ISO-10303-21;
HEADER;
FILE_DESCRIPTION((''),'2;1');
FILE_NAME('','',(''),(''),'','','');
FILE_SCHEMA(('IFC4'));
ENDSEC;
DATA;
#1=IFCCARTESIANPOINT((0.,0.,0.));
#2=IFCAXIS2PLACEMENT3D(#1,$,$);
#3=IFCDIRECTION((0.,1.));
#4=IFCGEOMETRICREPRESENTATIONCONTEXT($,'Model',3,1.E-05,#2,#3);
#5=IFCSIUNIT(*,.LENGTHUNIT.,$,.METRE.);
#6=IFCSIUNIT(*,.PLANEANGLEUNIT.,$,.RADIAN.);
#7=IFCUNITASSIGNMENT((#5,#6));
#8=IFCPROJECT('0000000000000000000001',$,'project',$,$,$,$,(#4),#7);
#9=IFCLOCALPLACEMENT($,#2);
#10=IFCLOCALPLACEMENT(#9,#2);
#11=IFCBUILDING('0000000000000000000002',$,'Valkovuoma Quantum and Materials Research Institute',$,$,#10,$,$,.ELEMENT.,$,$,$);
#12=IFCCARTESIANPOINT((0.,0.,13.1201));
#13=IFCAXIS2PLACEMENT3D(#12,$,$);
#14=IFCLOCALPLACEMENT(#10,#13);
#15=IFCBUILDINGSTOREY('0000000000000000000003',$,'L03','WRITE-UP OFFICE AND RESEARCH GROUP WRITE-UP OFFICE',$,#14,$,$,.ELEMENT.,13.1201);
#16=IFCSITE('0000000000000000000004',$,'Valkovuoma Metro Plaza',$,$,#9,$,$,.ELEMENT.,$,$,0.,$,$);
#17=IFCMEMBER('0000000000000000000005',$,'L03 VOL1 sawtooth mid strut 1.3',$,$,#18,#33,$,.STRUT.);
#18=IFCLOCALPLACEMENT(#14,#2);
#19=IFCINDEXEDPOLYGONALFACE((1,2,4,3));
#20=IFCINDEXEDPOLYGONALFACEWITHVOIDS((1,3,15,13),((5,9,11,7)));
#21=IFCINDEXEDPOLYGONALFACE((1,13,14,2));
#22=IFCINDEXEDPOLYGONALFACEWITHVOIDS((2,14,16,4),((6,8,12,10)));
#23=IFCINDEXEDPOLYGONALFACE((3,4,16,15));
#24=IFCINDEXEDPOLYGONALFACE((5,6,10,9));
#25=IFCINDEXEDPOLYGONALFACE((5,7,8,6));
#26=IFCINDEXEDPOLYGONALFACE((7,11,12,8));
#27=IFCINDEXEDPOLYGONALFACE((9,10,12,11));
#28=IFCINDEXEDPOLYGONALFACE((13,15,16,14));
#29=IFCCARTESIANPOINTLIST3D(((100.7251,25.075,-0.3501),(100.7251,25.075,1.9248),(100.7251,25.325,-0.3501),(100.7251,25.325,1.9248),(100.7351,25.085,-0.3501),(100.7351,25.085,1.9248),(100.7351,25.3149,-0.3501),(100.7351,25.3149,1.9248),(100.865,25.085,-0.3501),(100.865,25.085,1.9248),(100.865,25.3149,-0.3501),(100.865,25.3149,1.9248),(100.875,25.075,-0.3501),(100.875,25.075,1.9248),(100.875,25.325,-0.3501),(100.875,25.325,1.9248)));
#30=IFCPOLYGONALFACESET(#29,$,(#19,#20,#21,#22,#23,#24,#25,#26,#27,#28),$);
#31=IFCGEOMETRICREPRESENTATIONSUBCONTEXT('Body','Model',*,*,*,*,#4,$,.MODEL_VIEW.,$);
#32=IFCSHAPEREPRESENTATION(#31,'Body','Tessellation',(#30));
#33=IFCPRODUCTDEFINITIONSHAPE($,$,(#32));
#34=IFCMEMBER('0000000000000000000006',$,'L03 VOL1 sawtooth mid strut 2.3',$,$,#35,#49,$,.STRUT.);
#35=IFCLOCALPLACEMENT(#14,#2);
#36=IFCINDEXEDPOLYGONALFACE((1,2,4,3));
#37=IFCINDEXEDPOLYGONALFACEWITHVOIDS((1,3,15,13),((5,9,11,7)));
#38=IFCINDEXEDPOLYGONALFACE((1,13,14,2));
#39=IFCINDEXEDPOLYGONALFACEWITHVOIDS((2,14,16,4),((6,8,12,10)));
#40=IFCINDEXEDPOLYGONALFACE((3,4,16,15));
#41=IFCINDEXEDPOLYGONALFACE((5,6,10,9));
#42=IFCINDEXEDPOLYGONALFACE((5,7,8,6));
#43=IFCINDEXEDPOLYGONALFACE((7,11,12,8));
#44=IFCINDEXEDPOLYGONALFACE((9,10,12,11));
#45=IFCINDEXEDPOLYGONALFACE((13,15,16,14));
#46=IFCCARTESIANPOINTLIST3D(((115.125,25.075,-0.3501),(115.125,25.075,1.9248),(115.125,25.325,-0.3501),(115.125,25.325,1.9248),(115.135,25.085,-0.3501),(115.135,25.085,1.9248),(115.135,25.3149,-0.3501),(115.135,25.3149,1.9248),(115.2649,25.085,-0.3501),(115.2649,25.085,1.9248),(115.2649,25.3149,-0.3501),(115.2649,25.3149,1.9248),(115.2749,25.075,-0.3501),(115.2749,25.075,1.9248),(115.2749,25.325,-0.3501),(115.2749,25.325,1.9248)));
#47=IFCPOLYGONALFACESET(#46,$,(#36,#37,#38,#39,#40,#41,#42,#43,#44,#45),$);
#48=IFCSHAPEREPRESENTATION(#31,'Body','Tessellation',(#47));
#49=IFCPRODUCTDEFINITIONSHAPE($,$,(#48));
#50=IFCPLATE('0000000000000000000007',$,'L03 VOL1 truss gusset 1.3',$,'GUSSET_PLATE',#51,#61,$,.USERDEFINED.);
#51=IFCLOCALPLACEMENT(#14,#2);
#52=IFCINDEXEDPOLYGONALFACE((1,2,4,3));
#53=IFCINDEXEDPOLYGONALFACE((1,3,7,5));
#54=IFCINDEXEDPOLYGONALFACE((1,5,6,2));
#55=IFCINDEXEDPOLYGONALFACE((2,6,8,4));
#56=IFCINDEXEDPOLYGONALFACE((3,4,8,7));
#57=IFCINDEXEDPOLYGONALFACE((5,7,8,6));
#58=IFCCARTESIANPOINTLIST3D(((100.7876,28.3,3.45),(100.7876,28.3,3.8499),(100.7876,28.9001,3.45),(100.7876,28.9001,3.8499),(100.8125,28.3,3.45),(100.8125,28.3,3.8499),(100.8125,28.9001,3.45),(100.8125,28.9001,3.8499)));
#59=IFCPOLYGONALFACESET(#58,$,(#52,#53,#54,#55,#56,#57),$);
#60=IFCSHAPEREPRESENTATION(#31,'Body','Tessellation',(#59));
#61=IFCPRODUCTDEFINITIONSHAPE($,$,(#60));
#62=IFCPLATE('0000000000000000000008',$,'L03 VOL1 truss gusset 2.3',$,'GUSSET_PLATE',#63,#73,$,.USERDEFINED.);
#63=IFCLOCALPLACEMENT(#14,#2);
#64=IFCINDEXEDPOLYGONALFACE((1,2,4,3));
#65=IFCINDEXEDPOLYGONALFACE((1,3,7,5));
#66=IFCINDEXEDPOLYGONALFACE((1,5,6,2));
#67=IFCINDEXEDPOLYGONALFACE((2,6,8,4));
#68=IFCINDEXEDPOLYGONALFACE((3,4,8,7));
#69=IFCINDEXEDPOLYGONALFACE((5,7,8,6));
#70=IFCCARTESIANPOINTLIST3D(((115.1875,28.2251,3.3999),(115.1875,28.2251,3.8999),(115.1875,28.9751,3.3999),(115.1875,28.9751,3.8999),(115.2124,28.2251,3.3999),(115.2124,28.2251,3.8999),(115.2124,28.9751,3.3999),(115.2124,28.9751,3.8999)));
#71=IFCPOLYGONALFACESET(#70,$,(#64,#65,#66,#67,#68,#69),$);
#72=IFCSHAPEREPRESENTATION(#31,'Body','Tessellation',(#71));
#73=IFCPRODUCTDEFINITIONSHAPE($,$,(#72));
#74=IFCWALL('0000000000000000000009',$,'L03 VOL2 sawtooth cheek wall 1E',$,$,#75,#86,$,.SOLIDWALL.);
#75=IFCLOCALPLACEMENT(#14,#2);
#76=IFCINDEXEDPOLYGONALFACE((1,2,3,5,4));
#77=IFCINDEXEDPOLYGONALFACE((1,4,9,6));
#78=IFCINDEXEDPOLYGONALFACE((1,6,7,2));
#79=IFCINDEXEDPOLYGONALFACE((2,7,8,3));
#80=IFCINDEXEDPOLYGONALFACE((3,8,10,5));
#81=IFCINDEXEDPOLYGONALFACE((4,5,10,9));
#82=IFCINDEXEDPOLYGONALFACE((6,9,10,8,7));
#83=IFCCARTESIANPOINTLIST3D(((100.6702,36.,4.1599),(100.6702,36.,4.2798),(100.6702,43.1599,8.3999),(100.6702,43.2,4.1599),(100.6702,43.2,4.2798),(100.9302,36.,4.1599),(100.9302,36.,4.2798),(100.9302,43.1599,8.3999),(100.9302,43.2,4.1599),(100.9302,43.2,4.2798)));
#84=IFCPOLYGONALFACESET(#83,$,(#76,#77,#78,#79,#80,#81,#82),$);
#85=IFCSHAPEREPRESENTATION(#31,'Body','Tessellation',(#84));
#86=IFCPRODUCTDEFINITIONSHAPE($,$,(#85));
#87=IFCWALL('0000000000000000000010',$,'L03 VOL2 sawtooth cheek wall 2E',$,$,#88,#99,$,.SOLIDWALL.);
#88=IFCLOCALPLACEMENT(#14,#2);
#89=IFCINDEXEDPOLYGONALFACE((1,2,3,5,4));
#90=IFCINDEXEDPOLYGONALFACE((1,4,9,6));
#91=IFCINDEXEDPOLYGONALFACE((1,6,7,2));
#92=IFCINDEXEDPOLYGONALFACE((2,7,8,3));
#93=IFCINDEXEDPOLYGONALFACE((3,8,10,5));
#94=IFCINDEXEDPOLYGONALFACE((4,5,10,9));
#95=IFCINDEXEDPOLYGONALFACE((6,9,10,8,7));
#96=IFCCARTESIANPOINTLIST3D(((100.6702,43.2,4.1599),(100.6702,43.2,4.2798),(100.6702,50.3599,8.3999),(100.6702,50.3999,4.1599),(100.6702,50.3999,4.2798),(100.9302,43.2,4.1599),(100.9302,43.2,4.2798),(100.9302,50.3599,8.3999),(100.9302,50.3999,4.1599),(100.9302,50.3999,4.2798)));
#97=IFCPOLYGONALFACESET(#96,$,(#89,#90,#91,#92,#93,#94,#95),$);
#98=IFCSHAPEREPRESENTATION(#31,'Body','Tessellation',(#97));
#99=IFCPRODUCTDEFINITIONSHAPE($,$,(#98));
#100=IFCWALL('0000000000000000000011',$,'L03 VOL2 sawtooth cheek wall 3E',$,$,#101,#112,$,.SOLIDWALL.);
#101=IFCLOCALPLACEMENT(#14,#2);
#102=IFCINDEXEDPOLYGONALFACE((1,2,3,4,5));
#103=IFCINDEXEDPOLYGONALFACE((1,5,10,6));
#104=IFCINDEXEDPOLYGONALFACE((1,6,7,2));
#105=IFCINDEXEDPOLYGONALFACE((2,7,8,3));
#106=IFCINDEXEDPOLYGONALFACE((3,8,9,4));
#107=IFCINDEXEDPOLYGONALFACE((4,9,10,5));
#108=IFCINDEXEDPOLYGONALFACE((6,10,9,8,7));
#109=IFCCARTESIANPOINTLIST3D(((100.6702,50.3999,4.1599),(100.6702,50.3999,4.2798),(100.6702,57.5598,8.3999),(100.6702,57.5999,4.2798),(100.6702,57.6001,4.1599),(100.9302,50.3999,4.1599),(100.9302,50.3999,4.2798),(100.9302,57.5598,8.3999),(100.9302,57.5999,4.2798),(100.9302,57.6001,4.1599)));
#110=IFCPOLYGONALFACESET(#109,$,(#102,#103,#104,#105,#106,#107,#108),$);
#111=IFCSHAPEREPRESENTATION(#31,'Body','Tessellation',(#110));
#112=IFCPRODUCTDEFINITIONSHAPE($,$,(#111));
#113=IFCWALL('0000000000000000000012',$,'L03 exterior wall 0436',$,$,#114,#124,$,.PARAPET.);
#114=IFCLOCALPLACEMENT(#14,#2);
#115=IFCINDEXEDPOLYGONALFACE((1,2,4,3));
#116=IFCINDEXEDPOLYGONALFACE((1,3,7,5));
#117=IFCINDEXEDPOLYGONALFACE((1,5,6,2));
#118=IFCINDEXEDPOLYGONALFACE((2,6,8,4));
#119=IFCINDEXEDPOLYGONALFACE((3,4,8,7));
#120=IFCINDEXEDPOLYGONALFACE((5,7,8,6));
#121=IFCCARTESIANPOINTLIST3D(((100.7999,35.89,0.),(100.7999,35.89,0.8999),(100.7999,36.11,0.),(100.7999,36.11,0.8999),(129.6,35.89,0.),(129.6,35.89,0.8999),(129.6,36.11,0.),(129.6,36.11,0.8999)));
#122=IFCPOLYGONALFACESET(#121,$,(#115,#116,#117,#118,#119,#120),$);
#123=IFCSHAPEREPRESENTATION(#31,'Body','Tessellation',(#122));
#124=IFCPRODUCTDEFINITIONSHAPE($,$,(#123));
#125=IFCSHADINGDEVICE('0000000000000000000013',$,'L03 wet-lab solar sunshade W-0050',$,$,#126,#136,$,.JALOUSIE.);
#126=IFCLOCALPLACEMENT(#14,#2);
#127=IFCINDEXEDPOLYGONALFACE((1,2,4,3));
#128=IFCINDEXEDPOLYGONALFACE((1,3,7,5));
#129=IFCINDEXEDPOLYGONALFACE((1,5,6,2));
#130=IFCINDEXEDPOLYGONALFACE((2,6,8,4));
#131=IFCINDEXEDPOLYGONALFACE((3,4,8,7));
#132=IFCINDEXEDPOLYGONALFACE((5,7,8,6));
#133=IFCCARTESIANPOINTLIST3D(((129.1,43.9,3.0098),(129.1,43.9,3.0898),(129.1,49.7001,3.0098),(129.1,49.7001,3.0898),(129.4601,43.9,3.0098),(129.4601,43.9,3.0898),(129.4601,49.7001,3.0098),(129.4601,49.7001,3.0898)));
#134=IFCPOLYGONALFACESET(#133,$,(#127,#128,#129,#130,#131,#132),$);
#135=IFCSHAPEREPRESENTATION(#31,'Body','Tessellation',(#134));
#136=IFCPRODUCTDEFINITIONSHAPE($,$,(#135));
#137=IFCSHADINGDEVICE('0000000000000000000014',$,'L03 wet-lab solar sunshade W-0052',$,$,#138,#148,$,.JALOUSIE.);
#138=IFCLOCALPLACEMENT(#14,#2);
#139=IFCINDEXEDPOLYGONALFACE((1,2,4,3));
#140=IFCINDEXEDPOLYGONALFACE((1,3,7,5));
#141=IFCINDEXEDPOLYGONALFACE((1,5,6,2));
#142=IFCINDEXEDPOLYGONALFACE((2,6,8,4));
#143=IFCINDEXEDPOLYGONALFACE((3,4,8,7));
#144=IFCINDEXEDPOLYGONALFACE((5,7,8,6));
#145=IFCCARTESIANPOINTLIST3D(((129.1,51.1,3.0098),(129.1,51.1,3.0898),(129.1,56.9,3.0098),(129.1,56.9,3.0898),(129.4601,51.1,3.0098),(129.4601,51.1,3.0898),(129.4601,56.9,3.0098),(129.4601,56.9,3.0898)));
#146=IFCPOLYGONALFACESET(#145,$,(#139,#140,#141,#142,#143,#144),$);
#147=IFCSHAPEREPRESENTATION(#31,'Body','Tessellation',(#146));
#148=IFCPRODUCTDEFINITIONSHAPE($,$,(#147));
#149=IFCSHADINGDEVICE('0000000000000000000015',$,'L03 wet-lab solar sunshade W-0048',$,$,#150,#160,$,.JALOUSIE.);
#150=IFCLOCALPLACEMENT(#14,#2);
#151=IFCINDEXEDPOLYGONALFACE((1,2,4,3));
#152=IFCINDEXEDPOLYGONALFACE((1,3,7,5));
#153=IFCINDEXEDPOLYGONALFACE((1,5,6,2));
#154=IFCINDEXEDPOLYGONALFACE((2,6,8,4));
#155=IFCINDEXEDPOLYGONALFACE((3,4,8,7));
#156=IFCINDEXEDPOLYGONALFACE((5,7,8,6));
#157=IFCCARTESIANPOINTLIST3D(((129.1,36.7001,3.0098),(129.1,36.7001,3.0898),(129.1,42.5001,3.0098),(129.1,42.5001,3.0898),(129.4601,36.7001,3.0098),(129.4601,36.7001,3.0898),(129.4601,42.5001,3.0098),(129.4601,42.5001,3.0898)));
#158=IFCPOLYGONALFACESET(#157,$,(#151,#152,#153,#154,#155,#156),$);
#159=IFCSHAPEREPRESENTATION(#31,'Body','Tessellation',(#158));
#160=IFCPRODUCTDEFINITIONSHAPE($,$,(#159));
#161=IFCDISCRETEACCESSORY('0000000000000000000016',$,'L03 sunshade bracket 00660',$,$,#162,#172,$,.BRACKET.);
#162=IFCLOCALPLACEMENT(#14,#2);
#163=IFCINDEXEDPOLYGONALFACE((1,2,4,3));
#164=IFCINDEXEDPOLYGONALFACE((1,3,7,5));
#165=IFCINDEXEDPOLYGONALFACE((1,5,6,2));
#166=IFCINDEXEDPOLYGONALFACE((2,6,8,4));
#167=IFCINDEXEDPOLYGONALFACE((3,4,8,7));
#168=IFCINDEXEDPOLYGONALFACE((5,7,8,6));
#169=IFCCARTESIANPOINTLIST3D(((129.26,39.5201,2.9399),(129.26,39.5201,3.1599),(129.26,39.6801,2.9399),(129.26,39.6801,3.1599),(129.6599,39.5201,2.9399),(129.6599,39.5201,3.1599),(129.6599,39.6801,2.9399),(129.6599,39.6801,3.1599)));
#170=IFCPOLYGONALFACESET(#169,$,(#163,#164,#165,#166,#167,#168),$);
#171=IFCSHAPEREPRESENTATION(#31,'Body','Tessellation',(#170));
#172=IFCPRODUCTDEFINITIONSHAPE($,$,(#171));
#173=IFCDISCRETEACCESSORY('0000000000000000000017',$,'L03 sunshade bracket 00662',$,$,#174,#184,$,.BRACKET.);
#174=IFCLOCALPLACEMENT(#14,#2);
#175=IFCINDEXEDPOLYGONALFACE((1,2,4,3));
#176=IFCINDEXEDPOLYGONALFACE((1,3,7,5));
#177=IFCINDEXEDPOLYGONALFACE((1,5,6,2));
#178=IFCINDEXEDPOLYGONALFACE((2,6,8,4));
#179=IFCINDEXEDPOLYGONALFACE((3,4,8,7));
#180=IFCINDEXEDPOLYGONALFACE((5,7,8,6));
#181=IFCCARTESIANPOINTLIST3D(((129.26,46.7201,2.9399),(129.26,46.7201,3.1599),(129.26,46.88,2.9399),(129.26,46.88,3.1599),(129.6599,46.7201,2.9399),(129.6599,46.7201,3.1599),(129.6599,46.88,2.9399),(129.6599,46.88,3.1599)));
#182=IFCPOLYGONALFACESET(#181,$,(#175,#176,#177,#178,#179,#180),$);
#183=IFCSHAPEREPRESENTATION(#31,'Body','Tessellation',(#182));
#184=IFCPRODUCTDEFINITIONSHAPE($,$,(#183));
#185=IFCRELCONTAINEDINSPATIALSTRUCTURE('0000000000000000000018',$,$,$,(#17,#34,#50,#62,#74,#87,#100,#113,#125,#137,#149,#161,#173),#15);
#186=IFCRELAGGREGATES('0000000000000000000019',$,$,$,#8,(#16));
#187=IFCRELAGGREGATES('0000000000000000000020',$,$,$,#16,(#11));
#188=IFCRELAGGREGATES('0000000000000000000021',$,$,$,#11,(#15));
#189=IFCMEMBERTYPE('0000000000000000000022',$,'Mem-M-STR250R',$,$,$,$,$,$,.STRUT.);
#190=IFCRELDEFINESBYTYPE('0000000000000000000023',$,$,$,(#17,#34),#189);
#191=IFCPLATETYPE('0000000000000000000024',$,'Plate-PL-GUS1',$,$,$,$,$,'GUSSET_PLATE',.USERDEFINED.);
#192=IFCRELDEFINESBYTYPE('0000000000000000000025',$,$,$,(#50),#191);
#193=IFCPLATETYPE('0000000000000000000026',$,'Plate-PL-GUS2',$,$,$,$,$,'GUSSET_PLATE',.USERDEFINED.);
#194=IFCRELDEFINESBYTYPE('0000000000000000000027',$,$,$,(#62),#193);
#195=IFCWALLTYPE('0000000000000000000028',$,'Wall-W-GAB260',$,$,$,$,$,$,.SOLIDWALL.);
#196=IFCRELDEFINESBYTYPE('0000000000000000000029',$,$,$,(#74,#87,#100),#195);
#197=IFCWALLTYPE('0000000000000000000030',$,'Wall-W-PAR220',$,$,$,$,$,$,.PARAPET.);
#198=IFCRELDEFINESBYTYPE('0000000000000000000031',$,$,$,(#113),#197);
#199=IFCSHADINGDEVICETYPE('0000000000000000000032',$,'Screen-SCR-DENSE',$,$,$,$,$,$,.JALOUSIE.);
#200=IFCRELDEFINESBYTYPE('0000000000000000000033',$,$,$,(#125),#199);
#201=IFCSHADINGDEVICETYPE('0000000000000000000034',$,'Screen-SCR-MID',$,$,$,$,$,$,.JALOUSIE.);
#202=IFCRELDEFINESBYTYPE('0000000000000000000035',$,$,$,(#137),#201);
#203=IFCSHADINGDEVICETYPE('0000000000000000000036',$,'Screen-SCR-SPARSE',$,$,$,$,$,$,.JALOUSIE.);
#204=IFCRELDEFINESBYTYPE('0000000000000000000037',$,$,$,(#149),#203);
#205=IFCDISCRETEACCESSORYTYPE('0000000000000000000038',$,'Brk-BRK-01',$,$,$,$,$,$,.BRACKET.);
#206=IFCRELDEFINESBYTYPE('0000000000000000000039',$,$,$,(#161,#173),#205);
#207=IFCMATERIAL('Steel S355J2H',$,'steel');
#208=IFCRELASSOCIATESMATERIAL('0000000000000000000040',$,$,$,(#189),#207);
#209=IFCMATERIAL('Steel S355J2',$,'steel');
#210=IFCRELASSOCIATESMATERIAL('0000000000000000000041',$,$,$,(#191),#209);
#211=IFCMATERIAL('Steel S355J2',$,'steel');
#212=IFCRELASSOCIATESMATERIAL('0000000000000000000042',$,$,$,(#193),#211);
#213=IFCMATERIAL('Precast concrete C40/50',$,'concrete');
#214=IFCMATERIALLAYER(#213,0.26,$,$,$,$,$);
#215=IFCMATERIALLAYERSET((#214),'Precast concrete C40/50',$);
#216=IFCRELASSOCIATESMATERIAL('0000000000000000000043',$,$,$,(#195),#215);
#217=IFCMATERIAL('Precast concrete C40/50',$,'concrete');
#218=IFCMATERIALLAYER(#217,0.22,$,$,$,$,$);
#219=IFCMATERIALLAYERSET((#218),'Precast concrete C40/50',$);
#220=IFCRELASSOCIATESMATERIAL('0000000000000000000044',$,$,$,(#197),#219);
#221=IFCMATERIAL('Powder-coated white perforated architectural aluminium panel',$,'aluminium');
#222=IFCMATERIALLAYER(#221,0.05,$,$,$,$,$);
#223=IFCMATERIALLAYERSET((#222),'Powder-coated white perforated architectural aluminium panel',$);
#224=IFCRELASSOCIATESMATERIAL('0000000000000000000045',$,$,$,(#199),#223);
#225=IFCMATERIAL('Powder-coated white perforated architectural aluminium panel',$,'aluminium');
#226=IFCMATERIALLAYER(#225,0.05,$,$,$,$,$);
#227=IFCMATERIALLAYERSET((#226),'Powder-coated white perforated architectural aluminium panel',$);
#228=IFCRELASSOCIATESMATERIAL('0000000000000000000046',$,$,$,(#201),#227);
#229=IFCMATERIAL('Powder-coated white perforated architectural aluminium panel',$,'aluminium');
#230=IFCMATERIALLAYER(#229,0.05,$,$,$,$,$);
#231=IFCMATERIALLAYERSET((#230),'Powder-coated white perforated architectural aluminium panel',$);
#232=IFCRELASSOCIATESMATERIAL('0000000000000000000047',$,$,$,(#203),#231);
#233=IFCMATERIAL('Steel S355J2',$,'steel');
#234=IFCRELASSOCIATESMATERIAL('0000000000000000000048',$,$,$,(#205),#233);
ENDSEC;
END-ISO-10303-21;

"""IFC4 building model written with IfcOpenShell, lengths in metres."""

from ifc_helpers import new_model, si_unit, direction, frame, frame_2d, origin, origin_2d, place, context, subcontext, project, spatial, polyline, rectangle, hollow_rectangle, outline, extrude, material, layer, layer_set, material_profile, profile_set, type_object, element, save


model = new_model("IFC4")

# Units and contexts
model_context = context("Model", 3, precision=1e-05, world=origin(), true_north=direction((0.0, 1.0)))
body_context = subcontext(model_context, "Body", "Model", "MODEL_VIEW")
ifc_project = project(units=[si_unit("LENGTHUNIT", "METRE"), si_unit("PLANEANGLEUNIT", "RADIAN")], contexts=[model_context])

# Site, building, storey
site_placement = place(None, origin())
site = spatial("IfcSite", under=ifc_project, at=site_placement, Name="Valkovuoma Metro Plaza", CompositionType="ELEMENT", RefElevation=0.0)
building_placement = place(site_placement, origin())
building = spatial("IfcBuilding", under=site, at=building_placement, Name="Valkovuoma Quantum and Materials Research Institute", CompositionType="ELEMENT")
storey_placement = place(building_placement, frame((0.0, 0.0, 13.1201)))
storey = spatial("IfcBuildingStorey", under=building, at=storey_placement, Name="L03", Description="WRITE-UP OFFICE AND RESEARCH GROUP WRITE-UP OFFICE", CompositionType="ELEMENT", Elevation=13.1201)

# Members
ifc_material_1 = material(Name="Steel S355J2H", Category="steel")
ifc_material_profile_1 = material_profile(ifc_material_1, hollow_rectangle(XDim=0.1499, YDim=0.25, WallThickness=0.01, at=origin_2d()), Name="Steel S355J2H")
ifc_profile_set_1 = profile_set([ifc_material_profile_1], Name="Steel S355J2H")
member_type_1 = type_object("IfcMemberType", Name="Mem-M-STR250R", PredefinedType="STRUT", material=ifc_profile_set_1)
for number, where, z_axis, x_axis, name in (
    (1, (100.8, 25.2, -0.3501), (0.0, 0.0, 1.0), (1.0, 0.0, 0.0), "L03 VOL1 sawtooth mid strut 1.3"),
    (2, (115.2, 25.2, -0.3501), (0.0, 0.0, 1.0), (1.0, 0.0, 0.0), "L03 VOL1 sawtooth mid strut 2.3"),
):
    element("IfcMember", number, at=place(storey_placement, frame(where, z_axis=z_axis, x_axis=x_axis)), inside=storey, type_object=member_type_1, Name=name, PredefinedType="STRUT", context=body_context, shape_type="SweptSolid", body=[
        extrude(hollow_rectangle(XDim=0.1499, YDim=0.25, WallThickness=0.01, at=origin_2d()), origin(), (0.0, 0.0, 1.0), 2.2749),
    ])

# Plates
ifc_material_2 = material(Name="Steel S355J2", Category="steel")
plate_type_1 = type_object("IfcPlateType", Name="Plate-PL-GUS1", ElementType="GUSSET_PLATE", PredefinedType="USERDEFINED", material=ifc_material_2)
plate_1_placement = place(storey_placement, frame((100.8, 28.6001, 3.45), z_axis=(0.0, 0.0, 1.0), x_axis=(0.0, 1.0, 0.0)))
element("IfcPlate", 3, at=plate_1_placement, inside=storey, type_object=plate_type_1, Name="L03 VOL1 truss gusset 1.3", ObjectType="GUSSET_PLATE", PredefinedType="USERDEFINED", context=body_context, shape_type="SweptSolid", body=[
    extrude(rectangle(XDim=0.6001, YDim=0.0249, at=origin_2d()), origin(), (0.0, 0.0, 1.0), 0.3999),
])
ifc_material_3 = material(Name="Steel S355J2", Category="steel")
plate_type_2 = type_object("IfcPlateType", Name="Plate-PL-GUS2", ElementType="GUSSET_PLATE", PredefinedType="USERDEFINED", material=ifc_material_3)
plate_2_placement = place(storey_placement, frame((115.2, 28.6001, 3.3999), z_axis=(0.0, 0.0, 1.0), x_axis=(0.0, 1.0, 0.0)))
element("IfcPlate", 4, at=plate_2_placement, inside=storey, type_object=plate_type_2, Name="L03 VOL1 truss gusset 2.3", ObjectType="GUSSET_PLATE", PredefinedType="USERDEFINED", context=body_context, shape_type="SweptSolid", body=[
    extrude(rectangle(XDim=0.75, YDim=0.0249, at=origin_2d()), origin(), (0.0, 0.0, 1.0), 0.5),
])

# Walls
ifc_material_4 = material(Name="Precast concrete C40/50", Category="concrete")
ifc_layer_1 = layer(ifc_material_4, 0.26)
ifc_layer_set_1 = layer_set([ifc_layer_1], Name="Precast concrete C40/50")
wall_type_1 = type_object("IfcWallType", Name="Wall-W-GAB260", PredefinedType="SOLIDWALL", material=ifc_layer_set_1)
for number, where, z_axis, x_axis, name in (
    (5, (100.8, 36.0, 4.1599), (0.0, 0.0, 1.0), (0.0, 1.0, 0.0), "L03 VOL2 sawtooth cheek wall 1E"),
    (6, (100.8, 43.2, 4.1599), (0.0, 0.0, 1.0), (0.0, 1.0, 0.0), "L03 VOL2 sawtooth cheek wall 2E"),
):
    element("IfcWall", number, at=place(storey_placement, frame(where, z_axis=z_axis, x_axis=x_axis)), inside=storey, type_object=wall_type_1, Name=name, PredefinedType="SOLIDWALL", context=body_context, shape_type="SweptSolid", body=[
        extrude(outline(polyline([(0.0, 0.0), (7.2, 0.0), (7.2, 0.1199), (7.1599, 4.24), (0.0, 0.1199), (0.0, 0.0)])), frame((0.0, 0.1299, 0.0), z_axis=(0.0, -1.0, 0.0), x_axis=(1.0, 0.0, 0.0)), (0.0, 0.0, 1.0), 0.26),
    ])
wall_1_placement = place(storey_placement, frame((100.8, 50.3999, 4.1599), z_axis=(0.0, 0.0, 1.0), x_axis=(0.0, 1.0, 0.0)))
element("IfcWall", 7, at=wall_1_placement, inside=storey, type_object=wall_type_1, Name="L03 VOL2 sawtooth cheek wall 3E", PredefinedType="SOLIDWALL", context=body_context, shape_type="SweptSolid", body=[
    extrude(outline(polyline([(0.0, 0.0), (7.2002, 0.0), (7.2, 0.1199), (7.1599, 4.24), (0.0, 0.1199), (0.0, 0.0)])), frame((0.0, 0.1299, 0.0), z_axis=(0.0, -1.0, 0.0), x_axis=(1.0, 0.0, 0.0)), (0.0, 0.0, 1.0), 0.26),
])
ifc_material_5 = material(Name="Precast concrete C40/50", Category="concrete")
ifc_layer_2 = layer(ifc_material_5, 0.22)
ifc_layer_set_2 = layer_set([ifc_layer_2], Name="Precast concrete C40/50")
wall_type_2 = type_object("IfcWallType", Name="Wall-W-PAR220", PredefinedType="PARAPET", material=ifc_layer_set_2)
wall_2_placement = place(storey_placement, frame((100.8, 36.0, 0.0), z_axis=(0.0, 0.0, 1.0), x_axis=(1.0, 0.0, 0.0)))
element("IfcWall", 8, at=wall_2_placement, inside=storey, type_object=wall_type_2, Name="L03 exterior wall 0436", PredefinedType="PARAPET", context=body_context, shape_type="SweptSolid", body=[
    extrude(rectangle(XDim=28.8, YDim=0.22, at=frame_2d((14.3999, 0.0))), origin(), (0.0, 0.0, 1.0), 0.8999),
])

# Shading devices
ifc_material_6 = material(Name="Powder-coated white perforated architectural aluminium panel", Category="aluminium")
ifc_layer_3 = layer(ifc_material_6, 0.05)
ifc_layer_set_3 = layer_set([ifc_layer_3], Name="Powder-coated white perforated architectural aluminium panel")
shading_device_type_1 = type_object("IfcShadingDeviceType", Name="Screen-SCR-DENSE", PredefinedType="JALOUSIE", material=ifc_layer_set_3)
shading_device_1_placement = place(storey_placement, frame((129.28, 46.8, 3.0098), z_axis=(0.0, 0.0, 1.0), x_axis=(1.0, 0.0, 0.0)))
element("IfcShadingDevice", 9, at=shading_device_1_placement, inside=storey, type_object=shading_device_type_1, Name="L03 wet-lab solar sunshade W-0050", PredefinedType="JALOUSIE", context=body_context, shape_type="SweptSolid", body=[
    extrude(rectangle(XDim=0.3601, YDim=5.8, at=origin_2d()), origin(), (0.0, 0.0, 1.0), 0.0801),
])
ifc_material_7 = material(Name="Powder-coated white perforated architectural aluminium panel", Category="aluminium")
ifc_layer_4 = layer(ifc_material_7, 0.05)
ifc_layer_set_4 = layer_set([ifc_layer_4], Name="Powder-coated white perforated architectural aluminium panel")
shading_device_type_2 = type_object("IfcShadingDeviceType", Name="Screen-SCR-MID", PredefinedType="JALOUSIE", material=ifc_layer_set_4)
shading_device_2_placement = place(storey_placement, frame((129.28, 54.0, 3.0098), z_axis=(0.0, 0.0, 1.0), x_axis=(1.0, 0.0, 0.0)))
element("IfcShadingDevice", 10, at=shading_device_2_placement, inside=storey, type_object=shading_device_type_2, Name="L03 wet-lab solar sunshade W-0052", PredefinedType="JALOUSIE", context=body_context, shape_type="SweptSolid", body=[
    extrude(rectangle(XDim=0.3601, YDim=5.8, at=origin_2d()), origin(), (0.0, 0.0, 1.0), 0.0801),
])
ifc_material_8 = material(Name="Powder-coated white perforated architectural aluminium panel", Category="aluminium")
ifc_layer_5 = layer(ifc_material_8, 0.05)
ifc_layer_set_5 = layer_set([ifc_layer_5], Name="Powder-coated white perforated architectural aluminium panel")
shading_device_type_3 = type_object("IfcShadingDeviceType", Name="Screen-SCR-SPARSE", PredefinedType="JALOUSIE", material=ifc_layer_set_5)
shading_device_3_placement = place(storey_placement, frame((129.28, 39.6001, 3.0098), z_axis=(0.0, 0.0, 1.0), x_axis=(1.0, 0.0, 0.0)))
element("IfcShadingDevice", 11, at=shading_device_3_placement, inside=storey, type_object=shading_device_type_3, Name="L03 wet-lab solar sunshade W-0048", PredefinedType="JALOUSIE", context=body_context, shape_type="SweptSolid", body=[
    extrude(rectangle(XDim=0.3601, YDim=5.8, at=origin_2d()), origin(), (0.0, 0.0, 1.0), 0.0801),
])

# Discrete accessories
ifc_material_9 = material(Name="Steel S355J2", Category="steel")
discrete_accessory_type_1 = type_object("IfcDiscreteAccessoryType", Name="Brk-BRK-01", PredefinedType="BRACKET", material=ifc_material_9)
for number, where, z_axis, x_axis, name in (
    (12, (129.46, 39.6001, 2.9399), (0.0, 0.0, 1.0), (1.0, 0.0, 0.0), "L03 sunshade bracket 00660"),
    (13, (129.46, 46.8, 2.9399), (0.0, 0.0, 1.0), (1.0, 0.0, 0.0), "L03 sunshade bracket 00662"),
):
    element("IfcDiscreteAccessory", number, at=place(storey_placement, frame(where, z_axis=z_axis, x_axis=x_axis)), inside=storey, type_object=discrete_accessory_type_1, Name=name, PredefinedType="BRACKET", context=body_context, shape_type="SweptSolid", body=[
        extrude(rectangle(XDim=0.3999, YDim=0.1599, at=origin_2d()), origin(), (0.0, 0.0, 1.0), 0.22),
    ])

save(model, "model.ifc")
